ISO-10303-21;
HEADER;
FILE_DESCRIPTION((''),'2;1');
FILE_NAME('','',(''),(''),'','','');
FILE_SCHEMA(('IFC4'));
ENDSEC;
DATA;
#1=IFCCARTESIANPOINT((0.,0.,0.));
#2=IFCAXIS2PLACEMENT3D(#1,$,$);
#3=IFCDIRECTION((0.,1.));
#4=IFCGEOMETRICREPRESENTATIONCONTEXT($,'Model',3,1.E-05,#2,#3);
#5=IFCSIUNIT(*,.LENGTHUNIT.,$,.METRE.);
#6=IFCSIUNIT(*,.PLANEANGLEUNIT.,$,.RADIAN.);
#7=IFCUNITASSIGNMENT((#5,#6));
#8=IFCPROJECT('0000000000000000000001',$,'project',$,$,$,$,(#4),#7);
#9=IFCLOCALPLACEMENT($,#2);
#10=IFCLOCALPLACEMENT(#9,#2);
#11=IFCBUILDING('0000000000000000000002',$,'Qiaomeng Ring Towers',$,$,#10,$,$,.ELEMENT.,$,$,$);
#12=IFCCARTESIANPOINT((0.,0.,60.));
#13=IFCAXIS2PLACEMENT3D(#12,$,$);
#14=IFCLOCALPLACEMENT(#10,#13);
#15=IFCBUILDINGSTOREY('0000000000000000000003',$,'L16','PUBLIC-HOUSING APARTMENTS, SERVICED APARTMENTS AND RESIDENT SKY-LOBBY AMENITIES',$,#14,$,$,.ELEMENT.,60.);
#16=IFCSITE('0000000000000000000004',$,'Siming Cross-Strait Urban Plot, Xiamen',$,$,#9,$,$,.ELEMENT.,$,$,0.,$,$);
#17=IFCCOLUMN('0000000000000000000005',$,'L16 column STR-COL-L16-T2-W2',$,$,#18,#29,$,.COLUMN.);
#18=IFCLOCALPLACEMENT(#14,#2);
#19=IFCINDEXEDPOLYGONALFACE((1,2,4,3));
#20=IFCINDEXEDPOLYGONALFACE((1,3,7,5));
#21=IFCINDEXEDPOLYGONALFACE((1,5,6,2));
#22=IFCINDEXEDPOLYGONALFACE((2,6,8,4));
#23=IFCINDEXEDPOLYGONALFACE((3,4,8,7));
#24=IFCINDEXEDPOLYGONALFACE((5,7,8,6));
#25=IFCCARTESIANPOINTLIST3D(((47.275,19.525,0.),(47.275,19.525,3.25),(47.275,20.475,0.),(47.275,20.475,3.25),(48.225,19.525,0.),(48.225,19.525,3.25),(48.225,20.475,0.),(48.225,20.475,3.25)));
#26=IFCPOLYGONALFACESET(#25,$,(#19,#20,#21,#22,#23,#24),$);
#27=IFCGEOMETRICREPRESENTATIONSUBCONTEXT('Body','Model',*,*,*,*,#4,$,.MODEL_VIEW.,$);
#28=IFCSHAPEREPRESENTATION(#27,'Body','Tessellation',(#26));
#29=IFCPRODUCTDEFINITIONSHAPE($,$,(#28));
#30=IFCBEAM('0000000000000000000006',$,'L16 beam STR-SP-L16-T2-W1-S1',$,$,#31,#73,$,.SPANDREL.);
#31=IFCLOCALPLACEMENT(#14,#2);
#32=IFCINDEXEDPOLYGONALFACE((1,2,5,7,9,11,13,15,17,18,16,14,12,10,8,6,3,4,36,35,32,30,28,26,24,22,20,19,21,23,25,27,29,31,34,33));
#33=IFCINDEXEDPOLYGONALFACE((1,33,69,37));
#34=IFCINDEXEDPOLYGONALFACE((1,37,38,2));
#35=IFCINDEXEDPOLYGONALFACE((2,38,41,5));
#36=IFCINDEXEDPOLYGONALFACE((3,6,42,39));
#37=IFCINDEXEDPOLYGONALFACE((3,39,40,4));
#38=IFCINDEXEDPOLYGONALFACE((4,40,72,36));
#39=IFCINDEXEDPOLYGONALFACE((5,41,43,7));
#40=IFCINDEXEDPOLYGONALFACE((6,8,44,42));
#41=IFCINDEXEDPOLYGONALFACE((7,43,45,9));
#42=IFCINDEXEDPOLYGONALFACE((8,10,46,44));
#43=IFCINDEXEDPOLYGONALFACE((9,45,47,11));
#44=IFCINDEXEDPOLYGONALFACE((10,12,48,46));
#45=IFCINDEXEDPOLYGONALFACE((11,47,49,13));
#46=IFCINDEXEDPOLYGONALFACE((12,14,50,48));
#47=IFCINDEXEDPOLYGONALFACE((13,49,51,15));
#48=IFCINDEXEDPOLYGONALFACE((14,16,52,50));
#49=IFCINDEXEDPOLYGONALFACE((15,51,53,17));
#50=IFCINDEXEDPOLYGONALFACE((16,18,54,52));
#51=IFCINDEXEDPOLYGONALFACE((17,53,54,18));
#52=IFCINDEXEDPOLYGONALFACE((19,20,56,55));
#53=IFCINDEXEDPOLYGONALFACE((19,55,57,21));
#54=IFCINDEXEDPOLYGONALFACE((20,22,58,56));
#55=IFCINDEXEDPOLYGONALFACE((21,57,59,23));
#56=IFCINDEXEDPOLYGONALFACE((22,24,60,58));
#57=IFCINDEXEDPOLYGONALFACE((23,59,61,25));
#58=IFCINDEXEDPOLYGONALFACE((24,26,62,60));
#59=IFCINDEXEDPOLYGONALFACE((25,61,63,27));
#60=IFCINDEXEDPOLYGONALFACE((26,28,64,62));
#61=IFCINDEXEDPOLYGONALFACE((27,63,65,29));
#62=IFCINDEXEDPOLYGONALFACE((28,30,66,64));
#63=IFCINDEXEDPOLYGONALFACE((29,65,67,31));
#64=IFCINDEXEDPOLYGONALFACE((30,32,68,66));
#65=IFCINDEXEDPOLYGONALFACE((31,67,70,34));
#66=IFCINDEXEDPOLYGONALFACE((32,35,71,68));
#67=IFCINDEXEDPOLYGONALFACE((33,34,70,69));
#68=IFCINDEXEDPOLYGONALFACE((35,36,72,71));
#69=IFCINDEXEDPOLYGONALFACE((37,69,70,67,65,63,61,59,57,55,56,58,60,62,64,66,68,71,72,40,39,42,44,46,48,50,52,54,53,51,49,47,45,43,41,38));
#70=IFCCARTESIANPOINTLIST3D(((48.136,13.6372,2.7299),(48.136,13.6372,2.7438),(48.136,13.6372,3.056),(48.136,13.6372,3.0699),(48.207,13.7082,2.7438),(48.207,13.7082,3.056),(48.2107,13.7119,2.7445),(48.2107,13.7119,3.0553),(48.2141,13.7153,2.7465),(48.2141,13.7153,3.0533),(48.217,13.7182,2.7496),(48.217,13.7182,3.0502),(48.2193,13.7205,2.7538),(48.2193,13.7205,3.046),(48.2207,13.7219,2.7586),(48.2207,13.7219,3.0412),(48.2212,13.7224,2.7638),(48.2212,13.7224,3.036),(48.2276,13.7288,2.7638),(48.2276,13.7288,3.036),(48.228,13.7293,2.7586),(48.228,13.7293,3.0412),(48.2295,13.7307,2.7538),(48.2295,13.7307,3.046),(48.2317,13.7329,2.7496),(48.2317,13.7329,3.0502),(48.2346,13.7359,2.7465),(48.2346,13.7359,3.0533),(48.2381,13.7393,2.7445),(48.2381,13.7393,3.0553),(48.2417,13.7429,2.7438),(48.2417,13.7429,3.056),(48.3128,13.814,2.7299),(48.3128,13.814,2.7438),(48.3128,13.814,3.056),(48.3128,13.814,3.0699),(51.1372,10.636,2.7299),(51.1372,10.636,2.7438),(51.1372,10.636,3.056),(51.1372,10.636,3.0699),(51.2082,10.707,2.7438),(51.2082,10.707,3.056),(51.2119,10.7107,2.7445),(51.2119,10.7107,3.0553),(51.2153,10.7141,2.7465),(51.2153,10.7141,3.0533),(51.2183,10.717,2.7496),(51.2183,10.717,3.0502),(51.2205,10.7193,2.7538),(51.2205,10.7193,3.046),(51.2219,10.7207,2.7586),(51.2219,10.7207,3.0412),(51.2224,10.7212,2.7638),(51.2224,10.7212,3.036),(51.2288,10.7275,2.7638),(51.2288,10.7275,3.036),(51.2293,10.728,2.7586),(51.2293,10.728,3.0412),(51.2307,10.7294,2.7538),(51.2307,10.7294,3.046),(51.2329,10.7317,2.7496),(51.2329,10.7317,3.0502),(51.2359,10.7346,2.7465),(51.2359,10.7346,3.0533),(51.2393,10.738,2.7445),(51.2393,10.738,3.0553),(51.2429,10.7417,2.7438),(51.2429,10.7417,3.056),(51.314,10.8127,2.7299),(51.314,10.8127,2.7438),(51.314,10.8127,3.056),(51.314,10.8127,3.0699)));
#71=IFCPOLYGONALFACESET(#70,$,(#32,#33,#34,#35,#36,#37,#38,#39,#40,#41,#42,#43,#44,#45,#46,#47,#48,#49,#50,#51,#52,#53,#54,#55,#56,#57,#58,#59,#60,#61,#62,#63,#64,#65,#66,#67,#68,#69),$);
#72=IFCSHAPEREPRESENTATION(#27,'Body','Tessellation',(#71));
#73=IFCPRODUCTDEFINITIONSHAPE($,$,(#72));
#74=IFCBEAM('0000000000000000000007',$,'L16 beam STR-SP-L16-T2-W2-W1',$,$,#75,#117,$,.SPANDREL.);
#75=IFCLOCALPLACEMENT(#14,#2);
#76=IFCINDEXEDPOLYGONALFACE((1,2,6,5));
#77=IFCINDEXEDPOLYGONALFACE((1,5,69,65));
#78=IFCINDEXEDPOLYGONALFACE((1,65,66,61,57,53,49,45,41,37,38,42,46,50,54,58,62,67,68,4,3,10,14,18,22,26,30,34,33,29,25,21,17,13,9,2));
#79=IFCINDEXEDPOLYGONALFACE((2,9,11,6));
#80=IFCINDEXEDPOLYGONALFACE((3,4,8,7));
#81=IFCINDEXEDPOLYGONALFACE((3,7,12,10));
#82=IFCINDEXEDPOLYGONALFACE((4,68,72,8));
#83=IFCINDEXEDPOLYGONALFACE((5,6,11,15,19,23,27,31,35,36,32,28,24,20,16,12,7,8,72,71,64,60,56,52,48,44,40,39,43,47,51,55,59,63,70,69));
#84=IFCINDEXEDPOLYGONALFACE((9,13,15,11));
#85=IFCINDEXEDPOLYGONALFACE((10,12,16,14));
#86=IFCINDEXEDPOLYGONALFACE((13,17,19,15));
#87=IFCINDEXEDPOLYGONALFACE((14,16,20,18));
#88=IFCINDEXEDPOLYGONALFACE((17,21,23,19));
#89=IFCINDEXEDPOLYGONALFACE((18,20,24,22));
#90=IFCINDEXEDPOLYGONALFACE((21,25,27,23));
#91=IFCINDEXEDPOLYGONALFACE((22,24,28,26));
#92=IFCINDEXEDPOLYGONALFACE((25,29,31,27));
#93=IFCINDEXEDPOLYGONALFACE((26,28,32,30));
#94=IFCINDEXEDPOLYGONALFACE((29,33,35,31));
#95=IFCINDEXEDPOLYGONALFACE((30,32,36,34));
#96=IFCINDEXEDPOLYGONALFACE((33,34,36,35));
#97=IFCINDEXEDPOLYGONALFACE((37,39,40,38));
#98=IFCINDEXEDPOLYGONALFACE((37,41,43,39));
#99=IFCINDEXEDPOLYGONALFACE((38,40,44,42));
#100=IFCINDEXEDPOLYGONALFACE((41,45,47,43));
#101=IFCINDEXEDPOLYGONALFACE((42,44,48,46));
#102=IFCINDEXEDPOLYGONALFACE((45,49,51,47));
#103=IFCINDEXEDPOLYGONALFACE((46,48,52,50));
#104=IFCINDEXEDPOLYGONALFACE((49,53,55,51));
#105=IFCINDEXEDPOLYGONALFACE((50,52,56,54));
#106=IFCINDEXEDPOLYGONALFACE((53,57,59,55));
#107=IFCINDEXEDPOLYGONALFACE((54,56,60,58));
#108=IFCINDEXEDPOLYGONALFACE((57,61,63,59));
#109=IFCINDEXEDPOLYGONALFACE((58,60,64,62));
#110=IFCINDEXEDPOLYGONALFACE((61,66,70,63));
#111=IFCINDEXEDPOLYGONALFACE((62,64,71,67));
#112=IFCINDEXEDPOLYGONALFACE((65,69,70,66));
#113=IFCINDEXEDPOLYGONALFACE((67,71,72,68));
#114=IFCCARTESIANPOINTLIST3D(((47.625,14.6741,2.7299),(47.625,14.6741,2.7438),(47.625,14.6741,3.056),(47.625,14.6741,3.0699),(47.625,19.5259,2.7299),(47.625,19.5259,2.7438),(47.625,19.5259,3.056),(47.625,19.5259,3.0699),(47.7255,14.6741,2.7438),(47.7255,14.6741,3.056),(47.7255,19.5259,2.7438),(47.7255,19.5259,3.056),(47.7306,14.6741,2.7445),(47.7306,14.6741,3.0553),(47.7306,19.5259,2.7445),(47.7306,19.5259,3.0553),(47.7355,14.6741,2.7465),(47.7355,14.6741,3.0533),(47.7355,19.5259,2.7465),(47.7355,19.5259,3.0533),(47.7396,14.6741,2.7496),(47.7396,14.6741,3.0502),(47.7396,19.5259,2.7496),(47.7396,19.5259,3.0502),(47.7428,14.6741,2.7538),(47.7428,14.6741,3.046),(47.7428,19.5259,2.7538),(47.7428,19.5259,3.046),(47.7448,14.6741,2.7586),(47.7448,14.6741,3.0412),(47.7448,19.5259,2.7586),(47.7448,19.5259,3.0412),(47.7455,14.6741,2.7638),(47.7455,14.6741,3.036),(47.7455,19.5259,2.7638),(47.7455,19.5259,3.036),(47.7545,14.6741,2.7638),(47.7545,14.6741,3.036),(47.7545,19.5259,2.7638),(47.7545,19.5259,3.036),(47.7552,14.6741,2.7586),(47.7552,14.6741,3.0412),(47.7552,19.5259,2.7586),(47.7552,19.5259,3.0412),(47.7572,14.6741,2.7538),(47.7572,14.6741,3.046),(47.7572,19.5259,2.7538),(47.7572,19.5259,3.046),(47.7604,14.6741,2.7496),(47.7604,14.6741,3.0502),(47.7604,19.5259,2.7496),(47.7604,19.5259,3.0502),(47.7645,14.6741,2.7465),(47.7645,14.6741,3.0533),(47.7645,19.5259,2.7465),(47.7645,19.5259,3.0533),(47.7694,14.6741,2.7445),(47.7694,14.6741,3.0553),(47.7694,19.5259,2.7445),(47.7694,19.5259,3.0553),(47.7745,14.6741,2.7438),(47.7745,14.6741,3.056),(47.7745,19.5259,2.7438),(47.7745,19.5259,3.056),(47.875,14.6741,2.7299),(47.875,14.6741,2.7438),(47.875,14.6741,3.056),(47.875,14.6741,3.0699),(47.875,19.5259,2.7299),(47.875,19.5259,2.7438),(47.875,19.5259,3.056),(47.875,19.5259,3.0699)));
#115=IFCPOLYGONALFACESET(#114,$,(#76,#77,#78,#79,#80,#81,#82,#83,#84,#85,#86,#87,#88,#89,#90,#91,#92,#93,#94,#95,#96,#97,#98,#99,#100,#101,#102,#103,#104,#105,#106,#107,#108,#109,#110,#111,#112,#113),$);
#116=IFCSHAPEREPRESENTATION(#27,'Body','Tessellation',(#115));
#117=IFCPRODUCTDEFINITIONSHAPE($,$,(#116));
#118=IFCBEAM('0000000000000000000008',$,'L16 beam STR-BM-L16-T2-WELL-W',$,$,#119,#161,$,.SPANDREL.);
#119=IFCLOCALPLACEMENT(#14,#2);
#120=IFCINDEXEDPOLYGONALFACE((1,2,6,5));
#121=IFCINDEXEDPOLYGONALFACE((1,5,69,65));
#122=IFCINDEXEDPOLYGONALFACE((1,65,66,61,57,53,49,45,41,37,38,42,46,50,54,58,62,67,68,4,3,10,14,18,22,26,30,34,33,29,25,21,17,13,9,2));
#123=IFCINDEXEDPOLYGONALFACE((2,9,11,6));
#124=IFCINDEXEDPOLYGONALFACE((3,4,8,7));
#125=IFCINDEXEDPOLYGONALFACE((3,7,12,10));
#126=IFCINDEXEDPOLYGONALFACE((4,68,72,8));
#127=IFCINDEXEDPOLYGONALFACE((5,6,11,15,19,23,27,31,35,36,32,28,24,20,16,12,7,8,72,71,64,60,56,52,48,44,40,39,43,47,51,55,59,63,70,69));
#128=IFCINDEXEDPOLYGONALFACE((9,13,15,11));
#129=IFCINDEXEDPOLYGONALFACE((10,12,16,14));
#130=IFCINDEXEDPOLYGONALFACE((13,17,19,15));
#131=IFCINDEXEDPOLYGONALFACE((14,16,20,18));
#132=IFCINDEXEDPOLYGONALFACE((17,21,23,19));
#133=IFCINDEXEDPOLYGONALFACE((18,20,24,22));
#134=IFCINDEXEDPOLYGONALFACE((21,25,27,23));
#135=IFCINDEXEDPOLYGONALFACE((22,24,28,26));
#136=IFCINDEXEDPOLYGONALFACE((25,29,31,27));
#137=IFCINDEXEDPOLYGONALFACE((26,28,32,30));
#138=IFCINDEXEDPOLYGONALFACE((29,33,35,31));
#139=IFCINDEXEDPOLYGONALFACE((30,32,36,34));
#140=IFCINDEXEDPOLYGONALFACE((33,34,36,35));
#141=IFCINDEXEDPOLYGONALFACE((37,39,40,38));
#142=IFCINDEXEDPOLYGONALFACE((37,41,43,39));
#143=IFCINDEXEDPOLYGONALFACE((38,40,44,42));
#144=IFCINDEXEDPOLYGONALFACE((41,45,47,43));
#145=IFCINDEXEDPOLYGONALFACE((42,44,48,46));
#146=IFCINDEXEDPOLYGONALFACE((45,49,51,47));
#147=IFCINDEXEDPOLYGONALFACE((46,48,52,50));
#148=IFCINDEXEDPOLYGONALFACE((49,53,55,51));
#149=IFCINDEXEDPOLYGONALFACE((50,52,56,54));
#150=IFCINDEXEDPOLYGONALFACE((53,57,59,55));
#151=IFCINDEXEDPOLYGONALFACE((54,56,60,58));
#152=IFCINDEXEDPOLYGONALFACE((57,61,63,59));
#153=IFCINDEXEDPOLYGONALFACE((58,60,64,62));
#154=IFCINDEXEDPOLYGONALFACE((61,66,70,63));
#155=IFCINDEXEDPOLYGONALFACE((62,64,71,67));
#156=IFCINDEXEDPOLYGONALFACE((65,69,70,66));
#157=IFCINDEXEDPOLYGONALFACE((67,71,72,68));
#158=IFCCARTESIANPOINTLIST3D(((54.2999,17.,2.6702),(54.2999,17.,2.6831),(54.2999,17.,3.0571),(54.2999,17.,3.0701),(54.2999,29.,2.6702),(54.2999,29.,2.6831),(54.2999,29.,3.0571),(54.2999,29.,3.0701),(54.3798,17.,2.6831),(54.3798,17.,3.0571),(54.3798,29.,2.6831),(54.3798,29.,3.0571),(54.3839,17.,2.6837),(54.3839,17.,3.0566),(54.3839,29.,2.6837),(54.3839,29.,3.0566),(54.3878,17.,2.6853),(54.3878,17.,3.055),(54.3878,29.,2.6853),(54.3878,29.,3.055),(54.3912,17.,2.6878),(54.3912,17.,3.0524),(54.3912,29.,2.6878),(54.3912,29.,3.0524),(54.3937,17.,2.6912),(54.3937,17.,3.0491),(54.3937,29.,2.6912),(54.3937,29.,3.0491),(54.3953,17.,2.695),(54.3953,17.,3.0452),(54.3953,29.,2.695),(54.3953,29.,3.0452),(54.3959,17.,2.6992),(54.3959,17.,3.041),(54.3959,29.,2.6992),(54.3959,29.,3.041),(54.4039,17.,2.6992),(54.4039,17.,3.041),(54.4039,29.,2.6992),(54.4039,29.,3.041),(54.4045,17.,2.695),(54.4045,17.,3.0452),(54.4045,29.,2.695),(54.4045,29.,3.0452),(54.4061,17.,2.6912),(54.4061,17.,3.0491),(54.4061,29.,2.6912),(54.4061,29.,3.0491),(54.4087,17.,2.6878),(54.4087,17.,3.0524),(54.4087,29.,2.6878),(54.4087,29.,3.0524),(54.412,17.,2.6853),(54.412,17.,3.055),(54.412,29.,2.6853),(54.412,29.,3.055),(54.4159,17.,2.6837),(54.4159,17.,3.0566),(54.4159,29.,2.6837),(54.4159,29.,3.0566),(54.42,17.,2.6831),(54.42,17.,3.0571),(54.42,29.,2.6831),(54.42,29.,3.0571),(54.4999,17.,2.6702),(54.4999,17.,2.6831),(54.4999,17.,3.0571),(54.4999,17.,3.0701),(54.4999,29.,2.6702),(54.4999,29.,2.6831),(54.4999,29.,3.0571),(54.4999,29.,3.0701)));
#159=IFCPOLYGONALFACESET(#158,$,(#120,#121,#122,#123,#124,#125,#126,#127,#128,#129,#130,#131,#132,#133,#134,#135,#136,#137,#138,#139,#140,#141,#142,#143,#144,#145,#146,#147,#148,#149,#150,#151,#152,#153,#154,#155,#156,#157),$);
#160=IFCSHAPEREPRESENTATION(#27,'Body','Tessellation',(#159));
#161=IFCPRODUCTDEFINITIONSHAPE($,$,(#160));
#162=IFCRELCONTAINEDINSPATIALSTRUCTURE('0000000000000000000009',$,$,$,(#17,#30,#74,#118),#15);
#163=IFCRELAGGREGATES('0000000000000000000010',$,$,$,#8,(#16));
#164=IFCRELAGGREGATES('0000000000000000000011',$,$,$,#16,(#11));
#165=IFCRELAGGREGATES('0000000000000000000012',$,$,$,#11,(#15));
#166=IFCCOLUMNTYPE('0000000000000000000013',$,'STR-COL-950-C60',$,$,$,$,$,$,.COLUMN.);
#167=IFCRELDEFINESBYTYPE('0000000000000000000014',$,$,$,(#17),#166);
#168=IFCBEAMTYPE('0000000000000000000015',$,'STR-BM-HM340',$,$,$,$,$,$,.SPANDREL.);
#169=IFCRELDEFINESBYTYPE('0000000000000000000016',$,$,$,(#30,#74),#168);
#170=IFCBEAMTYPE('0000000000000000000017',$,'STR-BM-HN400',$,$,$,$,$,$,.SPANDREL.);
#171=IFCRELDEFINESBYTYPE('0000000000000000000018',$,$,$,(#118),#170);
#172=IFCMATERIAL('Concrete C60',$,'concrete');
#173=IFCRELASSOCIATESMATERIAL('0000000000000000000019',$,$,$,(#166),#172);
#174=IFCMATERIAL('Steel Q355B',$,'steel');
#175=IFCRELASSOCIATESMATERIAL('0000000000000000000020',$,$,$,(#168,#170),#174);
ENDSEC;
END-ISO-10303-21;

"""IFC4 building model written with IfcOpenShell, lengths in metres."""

from ifc_helpers import new_model, si_unit, direction, frame, origin, origin_2d, place, context, subcontext, project, spatial, rectangle, i_section, extrude, source, transform, mapped, material, material_profile, profile_set, type_object, element, save


model = new_model("IFC4")

# Units and contexts
model_context = context("Model", 3, precision=1e-05, world=origin(), true_north=direction((0.0, 1.0)))
body_context = subcontext(model_context, "Body", "Model", "MODEL_VIEW")
ifc_project = project(units=[si_unit("LENGTHUNIT", "METRE"), si_unit("PLANEANGLEUNIT", "RADIAN")], contexts=[model_context])

# Site, building, storey
site_placement = place(None, origin())
site = spatial("IfcSite", under=ifc_project, at=site_placement, Name="Siming Cross-Strait Urban Plot, Xiamen", CompositionType="ELEMENT", RefElevation=0.0)
building_placement = place(site_placement, origin())
building = spatial("IfcBuilding", under=site, at=building_placement, Name="Qiaomeng Ring Towers", CompositionType="ELEMENT")
storey_placement = place(building_placement, frame((0.0, 0.0, 60.0)))
storey = spatial("IfcBuildingStorey", under=building, at=storey_placement, Name="L16", Description="PUBLIC-HOUSING APARTMENTS, SERVICED APARTMENTS AND RESIDENT SKY-LOBBY AMENITIES", CompositionType="ELEMENT", Elevation=60.0)

# Column
ifc_material_1 = material(Name="Concrete C60", Category="concrete")
ifc_material_profile_1 = material_profile(ifc_material_1, rectangle(XDim=0.95, YDim=0.95, at=origin_2d()), Name="RC COL 950x950")
ifc_profile_set_1 = profile_set([ifc_material_profile_1], Name="Concrete C60")
column_type = type_object("IfcColumnType", Name="STR-COL-950-C60", PredefinedType="COLUMN", material=ifc_profile_set_1)
shared_shape_1 = source(origin(), body_context, "Body", "SweptSolid", [
    extrude(rectangle(XDim=0.95, YDim=0.95, at=origin_2d()), origin(), (0.0, 0.0, 1.0), 3.25),
])
column_placement = place(storey_placement, frame((47.75, 20.0, 0.0), z_axis=(0.0, 0.0, 1.0), x_axis=(1.0, 0.0, 0.0)))
element("IfcColumn", 1, at=column_placement, inside=storey, type_object=column_type, Name="L16 column STR-COL-L16-T2-W2", PredefinedType="COLUMN", context=body_context, shape_type="MappedRepresentation", body=[
    mapped(shared_shape_1, transform((0.0, 0.0, 0.0), x_axis=(1.0, 0.0, 0.0), y_axis=(0.0, 1.0, 0.0), z_axis=(0.0, 0.0, 1.0), scale=1.0)),
])

# Beams
ifc_material_2 = material(Name="Steel Q355B", Category="steel")
ifc_material_profile_2 = material_profile(ifc_material_2, i_section(OverallWidth=0.25, OverallDepth=0.3401, WebThickness=0.009, FlangeThickness=0.0139, FilletRadius=0.02, at=origin_2d()), Name="HM 340x250x9x14")
ifc_profile_set_2 = profile_set([ifc_material_profile_2], Name="Steel Q355B")
beam_type_1 = type_object("IfcBeamType", Name="STR-BM-HM340", PredefinedType="SPANDREL", material=ifc_profile_set_2)
shared_shape_2 = source(origin(), body_context, "Body", "SweptSolid", [
    extrude(i_section(OverallWidth=0.25, OverallDepth=0.3401, WebThickness=0.009, FlangeThickness=0.0139, FilletRadius=0.02, at=origin_2d()), origin(), (0.0, 0.0, 1.0), 4.2444),
])
beam_1_placement = place(storey_placement, frame((48.2244, 13.7256, 2.8999), z_axis=(0.707107, -0.707107, 0.0), x_axis=(0.707107, 0.707107, 0.0)))
element("IfcBeam", 2, at=beam_1_placement, inside=storey, type_object=beam_type_1, Name="L16 beam STR-SP-L16-T2-W1-S1", PredefinedType="SPANDREL", context=body_context, shape_type="MappedRepresentation", body=[
    mapped(shared_shape_2, transform((0.0, 0.0, 0.0), x_axis=(1.0, 0.0, 0.0), y_axis=(0.0, 1.0, 0.0), z_axis=(0.0, 0.0, 1.0), scale=1.0)),
])
shared_shape_3 = source(origin(), body_context, "Body", "SweptSolid", [
    extrude(i_section(OverallWidth=0.25, OverallDepth=0.3401, WebThickness=0.009, FlangeThickness=0.0139, FilletRadius=0.02, at=origin_2d()), origin(), (0.0, 0.0, 1.0), 4.8518),
])
beam_2_placement = place(storey_placement, frame((47.75, 19.5259, 2.8999), z_axis=(0.0, -1.0, 0.0), x_axis=(1.0, 0.0, 0.0)))
element("IfcBeam", 3, at=beam_2_placement, inside=storey, type_object=beam_type_1, Name="L16 beam STR-SP-L16-T2-W2-W1", PredefinedType="SPANDREL", context=body_context, shape_type="MappedRepresentation", body=[
    mapped(shared_shape_3, transform((0.0, 0.0, 0.0), x_axis=(1.0, 0.0, 0.0), y_axis=(0.0, 1.0, 0.0), z_axis=(0.0, 0.0, 1.0), scale=1.0)),
])
ifc_material_profile_3 = material_profile(ifc_material_2, i_section(OverallWidth=0.2, OverallDepth=0.3999, WebThickness=0.0081, FlangeThickness=0.0129, FilletRadius=0.0161, at=origin_2d()), Name="HN 400x200x8x13")
ifc_profile_set_3 = profile_set([ifc_material_profile_3], Name="Steel Q355B")
beam_type_2 = type_object("IfcBeamType", Name="STR-BM-HN400", PredefinedType="SPANDREL", material=ifc_profile_set_3)
shared_shape_4 = source(origin(), body_context, "Body", "SweptSolid", [
    extrude(i_section(OverallWidth=0.2, OverallDepth=0.3999, WebThickness=0.0081, FlangeThickness=0.0129, FilletRadius=0.0161, at=origin_2d()), origin(), (0.0, 0.0, 1.0), 12.0),
])
beam_3_placement = place(storey_placement, frame((54.3999, 17.0, 2.8701), z_axis=(0.0, 1.0, 0.0), x_axis=(-1.0, 0.0, 0.0)))
element("IfcBeam", 4, at=beam_3_placement, inside=storey, type_object=beam_type_2, Name="L16 beam STR-BM-L16-T2-WELL-W", PredefinedType="SPANDREL", context=body_context, shape_type="MappedRepresentation", body=[
    mapped(shared_shape_4, transform((0.0, 0.0, 0.0), x_axis=(1.0, 0.0, 0.0), y_axis=(0.0, 1.0, 0.0), z_axis=(0.0, 0.0, 1.0), scale=1.0)),
])

save(model, "model.ifc")
